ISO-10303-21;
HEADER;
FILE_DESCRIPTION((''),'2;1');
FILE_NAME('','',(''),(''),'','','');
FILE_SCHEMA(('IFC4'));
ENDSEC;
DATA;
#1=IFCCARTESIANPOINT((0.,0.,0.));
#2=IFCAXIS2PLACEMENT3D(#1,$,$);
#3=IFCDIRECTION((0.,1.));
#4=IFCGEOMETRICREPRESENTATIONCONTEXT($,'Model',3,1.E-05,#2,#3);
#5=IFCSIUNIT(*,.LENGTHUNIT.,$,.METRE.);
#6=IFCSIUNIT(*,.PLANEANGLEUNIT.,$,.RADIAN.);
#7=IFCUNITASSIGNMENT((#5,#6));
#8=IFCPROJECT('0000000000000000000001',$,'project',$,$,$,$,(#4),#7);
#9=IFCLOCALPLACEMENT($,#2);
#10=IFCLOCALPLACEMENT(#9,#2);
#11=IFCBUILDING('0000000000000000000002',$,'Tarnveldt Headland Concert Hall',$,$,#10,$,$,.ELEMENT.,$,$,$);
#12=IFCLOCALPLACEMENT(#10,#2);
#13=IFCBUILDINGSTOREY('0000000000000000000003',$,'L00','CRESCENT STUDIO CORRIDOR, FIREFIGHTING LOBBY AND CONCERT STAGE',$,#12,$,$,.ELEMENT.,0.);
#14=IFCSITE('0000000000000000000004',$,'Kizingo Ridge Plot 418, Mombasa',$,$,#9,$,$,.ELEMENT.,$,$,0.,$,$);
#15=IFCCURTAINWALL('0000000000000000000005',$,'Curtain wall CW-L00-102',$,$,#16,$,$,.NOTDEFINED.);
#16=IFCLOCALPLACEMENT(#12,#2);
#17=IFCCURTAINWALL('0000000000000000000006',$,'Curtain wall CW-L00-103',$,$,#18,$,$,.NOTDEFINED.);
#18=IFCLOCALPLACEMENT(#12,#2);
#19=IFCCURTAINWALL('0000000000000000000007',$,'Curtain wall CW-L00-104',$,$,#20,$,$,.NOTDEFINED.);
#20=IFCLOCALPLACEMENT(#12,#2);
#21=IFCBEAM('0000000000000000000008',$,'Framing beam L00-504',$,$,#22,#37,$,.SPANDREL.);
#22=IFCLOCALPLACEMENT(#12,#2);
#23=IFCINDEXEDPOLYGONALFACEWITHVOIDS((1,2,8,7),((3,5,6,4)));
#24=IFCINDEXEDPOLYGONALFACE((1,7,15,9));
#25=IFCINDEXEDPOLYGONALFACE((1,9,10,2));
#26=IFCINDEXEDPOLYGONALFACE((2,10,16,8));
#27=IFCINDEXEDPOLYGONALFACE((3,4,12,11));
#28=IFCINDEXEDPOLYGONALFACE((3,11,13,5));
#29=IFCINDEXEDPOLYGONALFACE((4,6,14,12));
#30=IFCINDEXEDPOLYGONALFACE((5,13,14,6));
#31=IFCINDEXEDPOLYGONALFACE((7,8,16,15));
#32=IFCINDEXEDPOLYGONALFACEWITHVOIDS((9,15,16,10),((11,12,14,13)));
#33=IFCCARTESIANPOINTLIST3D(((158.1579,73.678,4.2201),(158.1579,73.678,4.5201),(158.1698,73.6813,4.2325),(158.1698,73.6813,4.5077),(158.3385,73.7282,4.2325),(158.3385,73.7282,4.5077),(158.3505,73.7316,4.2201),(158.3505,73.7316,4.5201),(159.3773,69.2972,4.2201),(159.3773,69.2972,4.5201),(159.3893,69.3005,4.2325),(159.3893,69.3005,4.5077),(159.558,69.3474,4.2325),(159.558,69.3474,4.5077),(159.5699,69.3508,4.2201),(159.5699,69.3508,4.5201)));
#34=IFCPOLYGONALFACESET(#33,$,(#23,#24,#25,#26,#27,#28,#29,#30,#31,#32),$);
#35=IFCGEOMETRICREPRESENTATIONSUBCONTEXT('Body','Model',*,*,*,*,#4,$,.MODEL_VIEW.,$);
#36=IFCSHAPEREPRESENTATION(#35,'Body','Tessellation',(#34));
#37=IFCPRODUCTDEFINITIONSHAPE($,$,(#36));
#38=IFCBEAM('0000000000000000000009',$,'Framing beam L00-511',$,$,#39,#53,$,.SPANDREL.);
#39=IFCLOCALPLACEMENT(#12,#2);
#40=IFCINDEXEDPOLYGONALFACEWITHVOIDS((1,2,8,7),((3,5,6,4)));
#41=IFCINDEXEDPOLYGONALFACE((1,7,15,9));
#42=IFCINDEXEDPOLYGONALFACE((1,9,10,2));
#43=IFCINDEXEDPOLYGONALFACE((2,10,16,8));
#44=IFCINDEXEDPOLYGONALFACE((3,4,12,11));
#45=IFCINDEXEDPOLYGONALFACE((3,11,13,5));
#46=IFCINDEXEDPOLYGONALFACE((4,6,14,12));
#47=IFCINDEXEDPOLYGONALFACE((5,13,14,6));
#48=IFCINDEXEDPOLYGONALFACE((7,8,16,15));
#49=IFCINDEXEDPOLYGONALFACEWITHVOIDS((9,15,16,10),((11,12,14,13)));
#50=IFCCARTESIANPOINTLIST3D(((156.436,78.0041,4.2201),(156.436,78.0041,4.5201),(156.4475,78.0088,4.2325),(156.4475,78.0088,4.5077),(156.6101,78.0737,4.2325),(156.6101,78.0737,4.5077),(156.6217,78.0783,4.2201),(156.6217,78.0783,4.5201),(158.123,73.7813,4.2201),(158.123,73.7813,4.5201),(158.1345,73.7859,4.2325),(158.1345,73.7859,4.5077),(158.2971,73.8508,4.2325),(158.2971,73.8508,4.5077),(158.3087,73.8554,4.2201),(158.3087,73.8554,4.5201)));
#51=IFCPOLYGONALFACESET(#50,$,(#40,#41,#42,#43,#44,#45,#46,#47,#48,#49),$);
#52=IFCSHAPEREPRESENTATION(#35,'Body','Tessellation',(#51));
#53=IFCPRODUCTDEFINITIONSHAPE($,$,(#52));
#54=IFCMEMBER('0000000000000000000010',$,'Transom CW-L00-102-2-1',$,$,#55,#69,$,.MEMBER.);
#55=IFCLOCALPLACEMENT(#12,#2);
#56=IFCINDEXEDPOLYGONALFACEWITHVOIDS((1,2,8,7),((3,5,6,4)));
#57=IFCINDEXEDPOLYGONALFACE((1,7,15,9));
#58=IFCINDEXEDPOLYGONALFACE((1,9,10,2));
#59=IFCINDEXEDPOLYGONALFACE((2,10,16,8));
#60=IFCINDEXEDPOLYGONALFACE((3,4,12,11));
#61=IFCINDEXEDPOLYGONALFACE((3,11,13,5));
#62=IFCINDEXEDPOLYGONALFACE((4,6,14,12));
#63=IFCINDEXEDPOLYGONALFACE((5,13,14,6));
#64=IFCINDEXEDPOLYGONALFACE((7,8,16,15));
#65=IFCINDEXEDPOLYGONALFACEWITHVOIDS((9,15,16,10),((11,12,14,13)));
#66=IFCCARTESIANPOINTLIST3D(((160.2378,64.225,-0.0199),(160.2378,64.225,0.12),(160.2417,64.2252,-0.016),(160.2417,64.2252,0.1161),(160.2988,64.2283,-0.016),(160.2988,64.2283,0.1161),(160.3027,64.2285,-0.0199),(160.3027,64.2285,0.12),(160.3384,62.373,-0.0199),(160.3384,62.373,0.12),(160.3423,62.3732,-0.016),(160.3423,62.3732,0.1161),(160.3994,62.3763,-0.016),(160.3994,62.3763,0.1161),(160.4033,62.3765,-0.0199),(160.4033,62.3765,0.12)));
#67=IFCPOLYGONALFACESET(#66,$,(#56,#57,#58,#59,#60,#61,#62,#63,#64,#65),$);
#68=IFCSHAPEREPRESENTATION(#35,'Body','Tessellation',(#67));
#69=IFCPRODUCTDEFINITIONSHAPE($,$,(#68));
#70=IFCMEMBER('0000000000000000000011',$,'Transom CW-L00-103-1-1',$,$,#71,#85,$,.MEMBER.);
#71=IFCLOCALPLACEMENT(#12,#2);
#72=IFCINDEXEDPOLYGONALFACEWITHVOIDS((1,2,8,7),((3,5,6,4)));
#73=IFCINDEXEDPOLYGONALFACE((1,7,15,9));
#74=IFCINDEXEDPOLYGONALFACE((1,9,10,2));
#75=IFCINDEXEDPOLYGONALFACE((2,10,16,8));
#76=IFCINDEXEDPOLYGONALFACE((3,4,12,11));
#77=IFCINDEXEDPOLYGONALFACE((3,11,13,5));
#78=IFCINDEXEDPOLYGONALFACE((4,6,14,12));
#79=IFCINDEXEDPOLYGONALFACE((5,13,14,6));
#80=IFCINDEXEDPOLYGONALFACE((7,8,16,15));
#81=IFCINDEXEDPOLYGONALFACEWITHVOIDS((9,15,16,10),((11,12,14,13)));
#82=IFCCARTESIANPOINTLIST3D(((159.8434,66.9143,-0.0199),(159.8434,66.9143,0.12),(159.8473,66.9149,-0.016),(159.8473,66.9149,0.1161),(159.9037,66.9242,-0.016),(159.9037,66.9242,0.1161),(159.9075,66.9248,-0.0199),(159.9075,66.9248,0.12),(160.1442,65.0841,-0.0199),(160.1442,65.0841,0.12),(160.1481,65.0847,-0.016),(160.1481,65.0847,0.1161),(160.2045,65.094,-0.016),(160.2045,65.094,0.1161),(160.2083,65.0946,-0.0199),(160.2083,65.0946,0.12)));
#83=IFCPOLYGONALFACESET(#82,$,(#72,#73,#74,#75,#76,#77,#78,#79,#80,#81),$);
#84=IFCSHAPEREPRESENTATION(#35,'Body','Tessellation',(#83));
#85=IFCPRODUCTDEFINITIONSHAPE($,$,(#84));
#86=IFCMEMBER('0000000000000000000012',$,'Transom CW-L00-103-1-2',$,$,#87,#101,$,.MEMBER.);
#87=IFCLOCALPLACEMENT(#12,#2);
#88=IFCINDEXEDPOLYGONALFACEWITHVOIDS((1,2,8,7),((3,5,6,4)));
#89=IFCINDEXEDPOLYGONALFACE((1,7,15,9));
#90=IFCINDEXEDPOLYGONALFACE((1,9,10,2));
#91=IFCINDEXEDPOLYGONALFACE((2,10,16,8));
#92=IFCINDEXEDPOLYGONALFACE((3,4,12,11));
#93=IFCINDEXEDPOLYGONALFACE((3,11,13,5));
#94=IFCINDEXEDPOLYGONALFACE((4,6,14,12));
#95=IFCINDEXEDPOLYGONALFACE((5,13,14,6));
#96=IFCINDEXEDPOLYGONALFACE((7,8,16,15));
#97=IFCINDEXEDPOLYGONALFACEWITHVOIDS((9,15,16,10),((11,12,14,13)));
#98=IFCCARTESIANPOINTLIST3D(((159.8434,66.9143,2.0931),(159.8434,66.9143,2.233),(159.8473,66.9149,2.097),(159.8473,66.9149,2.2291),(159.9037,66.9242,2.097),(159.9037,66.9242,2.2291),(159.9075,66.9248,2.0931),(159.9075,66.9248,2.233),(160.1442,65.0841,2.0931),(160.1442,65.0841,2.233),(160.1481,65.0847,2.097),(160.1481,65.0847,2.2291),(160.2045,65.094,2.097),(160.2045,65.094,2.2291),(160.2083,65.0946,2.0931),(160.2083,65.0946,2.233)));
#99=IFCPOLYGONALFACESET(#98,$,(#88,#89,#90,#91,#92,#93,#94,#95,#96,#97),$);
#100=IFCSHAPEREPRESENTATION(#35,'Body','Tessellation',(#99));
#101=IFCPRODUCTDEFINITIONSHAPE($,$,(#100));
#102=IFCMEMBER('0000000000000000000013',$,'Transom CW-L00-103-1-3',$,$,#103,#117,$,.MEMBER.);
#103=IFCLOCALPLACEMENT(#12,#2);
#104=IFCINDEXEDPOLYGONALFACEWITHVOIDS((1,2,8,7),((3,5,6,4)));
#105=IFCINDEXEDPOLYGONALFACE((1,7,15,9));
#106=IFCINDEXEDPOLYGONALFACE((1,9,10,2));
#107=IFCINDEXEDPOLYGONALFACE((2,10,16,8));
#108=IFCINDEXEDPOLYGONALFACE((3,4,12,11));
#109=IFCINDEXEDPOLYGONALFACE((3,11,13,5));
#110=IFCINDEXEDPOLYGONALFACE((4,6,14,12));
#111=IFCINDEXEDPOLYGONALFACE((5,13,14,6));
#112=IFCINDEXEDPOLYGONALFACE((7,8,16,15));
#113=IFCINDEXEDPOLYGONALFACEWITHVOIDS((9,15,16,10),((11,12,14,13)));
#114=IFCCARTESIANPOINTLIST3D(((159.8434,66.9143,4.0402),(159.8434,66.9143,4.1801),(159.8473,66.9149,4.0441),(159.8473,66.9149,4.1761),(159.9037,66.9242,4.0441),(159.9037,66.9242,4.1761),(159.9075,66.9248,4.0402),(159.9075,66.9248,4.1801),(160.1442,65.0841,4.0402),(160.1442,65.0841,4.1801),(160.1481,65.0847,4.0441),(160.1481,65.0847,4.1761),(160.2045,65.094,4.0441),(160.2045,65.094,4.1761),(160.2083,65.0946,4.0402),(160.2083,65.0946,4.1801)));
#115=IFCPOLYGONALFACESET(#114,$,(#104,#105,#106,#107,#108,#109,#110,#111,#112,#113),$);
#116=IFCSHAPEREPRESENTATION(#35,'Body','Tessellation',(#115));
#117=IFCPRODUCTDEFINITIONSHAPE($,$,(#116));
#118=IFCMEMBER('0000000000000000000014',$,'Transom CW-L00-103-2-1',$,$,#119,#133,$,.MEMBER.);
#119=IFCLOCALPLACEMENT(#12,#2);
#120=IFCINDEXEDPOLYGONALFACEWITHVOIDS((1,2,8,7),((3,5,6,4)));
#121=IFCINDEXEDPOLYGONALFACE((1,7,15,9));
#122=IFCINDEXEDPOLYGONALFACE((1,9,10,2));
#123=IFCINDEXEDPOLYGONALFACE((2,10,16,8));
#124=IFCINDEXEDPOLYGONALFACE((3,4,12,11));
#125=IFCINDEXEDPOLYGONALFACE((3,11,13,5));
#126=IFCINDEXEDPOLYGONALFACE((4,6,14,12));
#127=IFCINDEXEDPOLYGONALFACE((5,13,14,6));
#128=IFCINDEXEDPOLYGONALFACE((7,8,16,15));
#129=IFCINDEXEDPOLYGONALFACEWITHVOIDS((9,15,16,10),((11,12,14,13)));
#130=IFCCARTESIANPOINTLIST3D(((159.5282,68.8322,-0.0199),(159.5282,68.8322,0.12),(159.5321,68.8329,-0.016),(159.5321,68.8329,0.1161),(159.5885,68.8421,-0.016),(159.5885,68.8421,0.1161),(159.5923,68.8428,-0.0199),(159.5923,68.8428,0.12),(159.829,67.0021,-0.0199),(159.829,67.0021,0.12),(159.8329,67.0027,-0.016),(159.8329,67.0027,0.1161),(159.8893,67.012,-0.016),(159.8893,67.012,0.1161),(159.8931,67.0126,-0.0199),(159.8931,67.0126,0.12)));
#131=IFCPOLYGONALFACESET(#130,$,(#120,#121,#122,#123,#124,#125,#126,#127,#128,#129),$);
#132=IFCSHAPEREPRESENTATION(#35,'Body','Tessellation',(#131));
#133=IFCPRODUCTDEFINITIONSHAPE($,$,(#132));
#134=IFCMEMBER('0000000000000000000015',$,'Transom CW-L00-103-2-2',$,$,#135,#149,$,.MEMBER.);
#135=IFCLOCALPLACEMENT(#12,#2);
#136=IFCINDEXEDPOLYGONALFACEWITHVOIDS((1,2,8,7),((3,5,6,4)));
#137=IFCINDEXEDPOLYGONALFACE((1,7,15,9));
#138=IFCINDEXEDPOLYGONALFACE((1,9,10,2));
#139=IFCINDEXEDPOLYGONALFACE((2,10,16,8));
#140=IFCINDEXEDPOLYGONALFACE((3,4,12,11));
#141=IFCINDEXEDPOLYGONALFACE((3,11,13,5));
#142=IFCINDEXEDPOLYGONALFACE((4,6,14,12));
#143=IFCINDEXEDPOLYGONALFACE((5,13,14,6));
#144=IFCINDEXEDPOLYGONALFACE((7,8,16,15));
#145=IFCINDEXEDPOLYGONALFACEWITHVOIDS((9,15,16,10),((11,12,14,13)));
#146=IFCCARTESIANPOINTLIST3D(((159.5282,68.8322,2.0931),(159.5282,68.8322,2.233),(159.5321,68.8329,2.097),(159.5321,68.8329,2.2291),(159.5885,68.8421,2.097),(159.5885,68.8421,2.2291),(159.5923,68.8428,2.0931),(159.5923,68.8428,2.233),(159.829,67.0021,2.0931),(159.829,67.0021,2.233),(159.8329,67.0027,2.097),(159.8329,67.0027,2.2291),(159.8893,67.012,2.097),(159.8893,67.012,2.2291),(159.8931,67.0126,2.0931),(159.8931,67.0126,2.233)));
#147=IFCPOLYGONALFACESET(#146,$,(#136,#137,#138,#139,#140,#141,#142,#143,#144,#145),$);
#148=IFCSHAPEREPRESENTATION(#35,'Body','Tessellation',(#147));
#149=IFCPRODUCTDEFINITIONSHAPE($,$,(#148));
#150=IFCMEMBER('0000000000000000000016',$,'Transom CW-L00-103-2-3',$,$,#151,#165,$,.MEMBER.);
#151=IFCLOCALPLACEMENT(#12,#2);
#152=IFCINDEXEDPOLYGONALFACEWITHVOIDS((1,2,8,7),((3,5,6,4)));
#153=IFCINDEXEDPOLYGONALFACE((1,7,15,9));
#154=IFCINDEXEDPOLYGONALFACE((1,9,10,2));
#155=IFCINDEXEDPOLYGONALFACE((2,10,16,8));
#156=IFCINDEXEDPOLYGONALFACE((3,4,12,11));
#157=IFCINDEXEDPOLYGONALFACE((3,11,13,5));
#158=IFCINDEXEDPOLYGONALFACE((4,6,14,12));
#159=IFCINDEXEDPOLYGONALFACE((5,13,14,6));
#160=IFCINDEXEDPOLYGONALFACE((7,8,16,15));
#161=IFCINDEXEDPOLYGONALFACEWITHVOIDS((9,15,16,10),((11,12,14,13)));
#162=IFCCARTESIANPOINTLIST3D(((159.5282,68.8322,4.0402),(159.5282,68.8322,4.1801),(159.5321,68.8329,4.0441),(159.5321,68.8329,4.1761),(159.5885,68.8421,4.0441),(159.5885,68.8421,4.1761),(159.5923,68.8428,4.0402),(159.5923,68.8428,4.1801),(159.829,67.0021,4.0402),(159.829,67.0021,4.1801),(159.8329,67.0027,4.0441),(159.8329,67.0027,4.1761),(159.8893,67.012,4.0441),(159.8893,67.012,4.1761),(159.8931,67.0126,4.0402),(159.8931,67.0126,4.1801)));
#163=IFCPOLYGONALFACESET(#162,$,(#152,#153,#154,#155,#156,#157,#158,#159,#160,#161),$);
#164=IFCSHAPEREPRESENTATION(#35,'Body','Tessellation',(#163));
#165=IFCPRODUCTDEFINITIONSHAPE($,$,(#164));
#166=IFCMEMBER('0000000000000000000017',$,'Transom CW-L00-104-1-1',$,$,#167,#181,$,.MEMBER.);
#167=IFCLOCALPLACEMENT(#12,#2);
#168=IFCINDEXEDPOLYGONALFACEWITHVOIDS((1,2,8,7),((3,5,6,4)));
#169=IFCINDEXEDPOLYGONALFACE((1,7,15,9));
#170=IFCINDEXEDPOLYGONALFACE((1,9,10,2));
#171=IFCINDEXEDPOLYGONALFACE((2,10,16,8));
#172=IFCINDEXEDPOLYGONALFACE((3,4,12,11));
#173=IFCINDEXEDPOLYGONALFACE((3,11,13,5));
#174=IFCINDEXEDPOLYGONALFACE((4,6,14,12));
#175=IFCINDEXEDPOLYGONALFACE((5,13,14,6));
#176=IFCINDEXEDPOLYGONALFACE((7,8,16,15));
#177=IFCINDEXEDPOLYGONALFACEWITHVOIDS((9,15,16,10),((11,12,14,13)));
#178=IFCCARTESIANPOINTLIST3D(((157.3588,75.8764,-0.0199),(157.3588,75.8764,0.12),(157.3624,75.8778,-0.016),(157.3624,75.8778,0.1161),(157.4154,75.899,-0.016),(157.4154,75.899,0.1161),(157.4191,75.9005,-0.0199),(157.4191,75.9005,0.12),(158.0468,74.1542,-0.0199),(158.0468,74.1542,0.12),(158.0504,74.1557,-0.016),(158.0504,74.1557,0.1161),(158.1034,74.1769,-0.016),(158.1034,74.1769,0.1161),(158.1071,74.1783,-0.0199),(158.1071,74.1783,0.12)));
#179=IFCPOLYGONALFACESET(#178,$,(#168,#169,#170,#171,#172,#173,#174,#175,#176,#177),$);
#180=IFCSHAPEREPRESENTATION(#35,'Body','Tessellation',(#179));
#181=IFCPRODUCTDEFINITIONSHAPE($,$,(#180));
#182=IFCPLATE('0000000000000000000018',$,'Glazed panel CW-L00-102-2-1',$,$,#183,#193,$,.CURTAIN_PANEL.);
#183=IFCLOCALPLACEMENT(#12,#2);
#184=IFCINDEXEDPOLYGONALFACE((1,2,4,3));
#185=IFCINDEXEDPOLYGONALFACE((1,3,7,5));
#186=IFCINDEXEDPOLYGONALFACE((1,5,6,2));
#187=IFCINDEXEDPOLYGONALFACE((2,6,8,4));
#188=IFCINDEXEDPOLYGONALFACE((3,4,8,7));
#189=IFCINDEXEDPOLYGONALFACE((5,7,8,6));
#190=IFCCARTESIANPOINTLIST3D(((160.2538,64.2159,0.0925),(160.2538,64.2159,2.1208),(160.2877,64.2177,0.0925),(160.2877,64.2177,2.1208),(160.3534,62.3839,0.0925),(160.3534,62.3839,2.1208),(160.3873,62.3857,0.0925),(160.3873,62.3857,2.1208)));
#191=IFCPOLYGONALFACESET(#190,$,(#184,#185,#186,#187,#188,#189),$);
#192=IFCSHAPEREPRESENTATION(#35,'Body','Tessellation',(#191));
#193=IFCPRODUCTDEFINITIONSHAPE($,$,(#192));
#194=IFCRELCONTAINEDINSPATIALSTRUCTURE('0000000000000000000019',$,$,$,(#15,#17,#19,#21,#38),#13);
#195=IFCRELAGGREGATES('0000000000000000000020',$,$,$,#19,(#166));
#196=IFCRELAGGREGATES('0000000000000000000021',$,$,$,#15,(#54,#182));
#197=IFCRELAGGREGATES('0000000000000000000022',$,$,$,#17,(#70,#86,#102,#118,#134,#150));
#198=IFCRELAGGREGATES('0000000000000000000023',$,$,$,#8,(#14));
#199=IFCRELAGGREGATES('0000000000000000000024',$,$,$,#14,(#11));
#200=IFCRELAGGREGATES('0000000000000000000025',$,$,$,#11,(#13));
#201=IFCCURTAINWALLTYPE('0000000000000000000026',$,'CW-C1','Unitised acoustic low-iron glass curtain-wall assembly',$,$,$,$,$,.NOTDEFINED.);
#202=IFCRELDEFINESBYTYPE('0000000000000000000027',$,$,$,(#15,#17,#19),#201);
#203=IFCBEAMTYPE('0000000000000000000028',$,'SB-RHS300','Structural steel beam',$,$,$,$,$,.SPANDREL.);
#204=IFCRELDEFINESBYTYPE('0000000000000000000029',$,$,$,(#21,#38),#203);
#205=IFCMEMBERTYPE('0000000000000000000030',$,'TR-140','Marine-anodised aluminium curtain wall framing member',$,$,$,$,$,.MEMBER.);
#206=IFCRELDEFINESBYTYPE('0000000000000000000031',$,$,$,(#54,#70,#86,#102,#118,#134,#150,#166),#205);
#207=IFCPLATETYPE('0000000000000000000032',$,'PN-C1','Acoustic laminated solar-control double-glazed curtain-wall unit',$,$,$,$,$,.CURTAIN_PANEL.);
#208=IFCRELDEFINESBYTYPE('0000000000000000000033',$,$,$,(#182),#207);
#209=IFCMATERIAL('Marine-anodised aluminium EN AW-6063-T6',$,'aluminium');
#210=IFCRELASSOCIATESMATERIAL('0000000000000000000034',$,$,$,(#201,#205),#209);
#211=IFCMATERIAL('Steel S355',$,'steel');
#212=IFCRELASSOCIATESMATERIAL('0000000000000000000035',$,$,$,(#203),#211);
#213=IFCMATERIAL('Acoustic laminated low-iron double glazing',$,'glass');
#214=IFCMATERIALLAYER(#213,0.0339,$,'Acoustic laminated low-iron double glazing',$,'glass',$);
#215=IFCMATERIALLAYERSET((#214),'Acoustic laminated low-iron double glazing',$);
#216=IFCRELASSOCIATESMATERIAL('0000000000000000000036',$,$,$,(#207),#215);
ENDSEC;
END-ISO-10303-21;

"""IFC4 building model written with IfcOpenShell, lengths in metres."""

from ifc_helpers import new_model, si_unit, direction, frame, origin, origin_2d, place, context, subcontext, project, spatial, rectangle, hollow_rectangle, extrude, material, layer, layer_set, material_profile, profile_set, type_object, element, aggregate, save


model = new_model("IFC4")

# Units and contexts
model_context = context("Model", 3, precision=1e-05, world=origin(), true_north=direction((0.0, 1.0)))
body_context = subcontext(model_context, "Body", "Model", "MODEL_VIEW")
ifc_project = project(units=[si_unit("LENGTHUNIT", "METRE"), si_unit("PLANEANGLEUNIT", "RADIAN")], contexts=[model_context])

# Site, building, storey
site_placement = place(None, origin())
site = spatial("IfcSite", under=ifc_project, at=site_placement, Name="Kizingo Ridge Plot 418, Mombasa", CompositionType="ELEMENT", RefElevation=0.0)
building_placement = place(site_placement, origin())
building = spatial("IfcBuilding", under=site, at=building_placement, Name="Tarnveldt Headland Concert Hall", CompositionType="ELEMENT")
storey_placement = place(building_placement, origin())
storey = spatial("IfcBuildingStorey", under=building, at=storey_placement, Name="L00", Description="CRESCENT STUDIO CORRIDOR, FIREFIGHTING LOBBY AND CONCERT STAGE", CompositionType="ELEMENT", Elevation=0.0)

# Curtain wall
ifc_material_1 = material(Name="Marine-anodised aluminium EN AW-6063-T6", Category="aluminium")
curtain_wall_type = type_object("IfcCurtainWallType", Name="CW-C1", Description="Unitised acoustic low-iron glass curtain-wall assembly", PredefinedType="NOTDEFINED", material=ifc_material_1)
curtain_wall_1_placement = place(storey_placement, origin())
curtain_wall_1 = element("IfcCurtainWall", 1, at=curtain_wall_1_placement, inside=storey, type_object=curtain_wall_type, Name="Curtain wall CW-L00-102", PredefinedType="NOTDEFINED")

# Curtain wall
curtain_wall_2_placement = place(storey_placement, origin())
curtain_wall_2 = element("IfcCurtainWall", 2, at=curtain_wall_2_placement, inside=storey, type_object=curtain_wall_type, Name="Curtain wall CW-L00-103", PredefinedType="NOTDEFINED")

# Curtain wall
curtain_wall_3_placement = place(storey_placement, origin())
curtain_wall_3 = element("IfcCurtainWall", 3, at=curtain_wall_3_placement, inside=storey, type_object=curtain_wall_type, Name="Curtain wall CW-L00-104", PredefinedType="NOTDEFINED")

# Beams
ifc_material_2 = material(Name="Steel S355", Category="steel")
ifc_material_profile_1 = material_profile(ifc_material_2, hollow_rectangle(XDim=0.2, YDim=0.3, WallThickness=0.0125, at=origin_2d()), Name="RHS 300x200x12.5", Category="steel")
ifc_profile_set_1 = profile_set([ifc_material_profile_1], Name="Steel S355")
beam_type_1 = type_object("IfcBeamType", Name="SB-RHS300", Description="Structural steel beam", PredefinedType="SPANDREL", material=ifc_profile_set_1)
for number, where, z_axis, x_axis, name in (
    (4, (159.4736, 69.324, 4.3701), (-0.26817, 0.963372, 0.0), (-0.963372, -0.26817, 0.0), "Framing beam L00-504"),
    (5, (158.2158, 73.8184, 4.3701), (-0.370983, 0.92864, 0.0), (-0.92864, -0.370983, 0.0), "Framing beam L00-511"),
):
    element("IfcBeam", number, at=place(storey_placement, frame(where, z_axis=z_axis, x_axis=x_axis)), inside=storey, type_object=beam_type_1, Name=name, PredefinedType="SPANDREL", context=body_context, shape_type="SweptSolid", body=[
        extrude(hollow_rectangle(XDim=0.2, YDim=0.3, WallThickness=0.0125, at=origin_2d()), origin(), (0.0, 0.0, 1.0), 4.5474),
    ])

# Members
ifc_material_profile_2 = material_profile(ifc_material_1, hollow_rectangle(XDim=0.0649, YDim=0.1399, WallThickness=0.0039, at=origin_2d()), Name="ALU TRANSOM 65x140x4", Category="aluminium")
ifc_profile_set_2 = profile_set([ifc_material_profile_2], Name="Marine-anodised aluminium EN AW-6063-T6")
member_type_1 = type_object("IfcMemberType", Name="TR-140", Description="Marine-anodised aluminium curtain wall framing member", PredefinedType="MEMBER", material=ifc_profile_set_2)
member_1_placement = place(storey_placement, frame((160.3708, 62.3748, 0.05), z_axis=(-0.054231, 0.998528, 0.0), x_axis=(-0.998528, -0.054231, 0.0)))
member_1 = element("IfcMember", 6, at=member_1_placement, type_object=member_type_1, Name="Transom CW-L00-102-2-1", PredefinedType="MEMBER", context=body_context, shape_type="SweptSolid", body=[
    extrude(hollow_rectangle(XDim=0.0649, YDim=0.1399, WallThickness=0.0039, at=origin_2d()), origin(), (0.0, 0.0, 1.0), 1.8547),
])
member_2_placement = place(storey_placement, frame((160.1763, 65.0894, 0.05), z_axis=(-0.162179, 0.986761, 0.0), x_axis=(-0.986761, -0.162179, 0.0)))
member_2 = element("IfcMember", 7, at=member_2_placement, type_object=member_type_1, Name="Transom CW-L00-103-1-1", PredefinedType="MEMBER", context=body_context, shape_type="SweptSolid", body=[
    extrude(hollow_rectangle(XDim=0.0649, YDim=0.1399, WallThickness=0.0039, at=origin_2d()), origin(), (0.0, 0.0, 1.0), 1.8547),
])
member_3_placement = place(storey_placement, frame((160.1763, 65.0894, 2.1631), z_axis=(-0.162179, 0.986761, 0.0), x_axis=(-0.986761, -0.162179, 0.0)))
member_3 = element("IfcMember", 8, at=member_3_placement, type_object=member_type_1, Name="Transom CW-L00-103-1-2", PredefinedType="MEMBER", context=body_context, shape_type="SweptSolid", body=[
    extrude(hollow_rectangle(XDim=0.0649, YDim=0.1399, WallThickness=0.0039, at=origin_2d()), origin(), (0.0, 0.0, 1.0), 1.8547),
])
member_4_placement = place(storey_placement, frame((160.1763, 65.0894, 4.1101), z_axis=(-0.162179, 0.986761, 0.0), x_axis=(-0.986761, -0.162179, 0.0)))
member_4 = element("IfcMember", 9, at=member_4_placement, type_object=member_type_1, Name="Transom CW-L00-103-1-3", PredefinedType="MEMBER", context=body_context, shape_type="SweptSolid", body=[
    extrude(hollow_rectangle(XDim=0.0649, YDim=0.1399, WallThickness=0.0039, at=origin_2d()), origin(), (0.0, 0.0, 1.0), 1.8547),
])
member_5_placement = place(storey_placement, frame((159.8611, 67.0073, 0.05), z_axis=(-0.162179, 0.986761, 0.0), x_axis=(-0.986761, -0.162179, 0.0)))
member_5 = element("IfcMember", 10, at=member_5_placement, type_object=member_type_1, Name="Transom CW-L00-103-2-1", PredefinedType="MEMBER", context=body_context, shape_type="SweptSolid", body=[
    extrude(hollow_rectangle(XDim=0.0649, YDim=0.1399, WallThickness=0.0039, at=origin_2d()), origin(), (0.0, 0.0, 1.0), 1.8547),
])
member_6_placement = place(storey_placement, frame((159.8611, 67.0073, 2.1631), z_axis=(-0.162179, 0.986761, 0.0), x_axis=(-0.986761, -0.162179, 0.0)))
member_6 = element("IfcMember", 11, at=member_6_placement, type_object=member_type_1, Name="Transom CW-L00-103-2-2", PredefinedType="MEMBER", context=body_context, shape_type="SweptSolid", body=[
    extrude(hollow_rectangle(XDim=0.0649, YDim=0.1399, WallThickness=0.0039, at=origin_2d()), origin(), (0.0, 0.0, 1.0), 1.8547),
])
member_7_placement = place(storey_placement, frame((159.8611, 67.0073, 4.1101), z_axis=(-0.162179, 0.986761, 0.0), x_axis=(-0.986761, -0.162179, 0.0)))
member_7 = element("IfcMember", 12, at=member_7_placement, type_object=member_type_1, Name="Transom CW-L00-103-2-3", PredefinedType="MEMBER", context=body_context, shape_type="SweptSolid", body=[
    extrude(hollow_rectangle(XDim=0.0649, YDim=0.1399, WallThickness=0.0039, at=origin_2d()), origin(), (0.0, 0.0, 1.0), 1.8547),
])
member_8_placement = place(storey_placement, frame((158.0769, 74.1663, 0.05), z_axis=(-0.370982, 0.92864, 0.0), x_axis=(-0.92864, -0.370982, 0.0)))
member_8 = element("IfcMember", 13, at=member_8_placement, type_object=member_type_1, Name="Transom CW-L00-104-1-1", PredefinedType="MEMBER", context=body_context, shape_type="SweptSolid", body=[
    extrude(hollow_rectangle(XDim=0.0649, YDim=0.1399, WallThickness=0.0039, at=origin_2d()), origin(), (0.0, 0.0, 1.0), 1.8545),
])
aggregate(curtain_wall_3, [member_8])

# Plate
ifc_material_3 = material(Name="Acoustic laminated low-iron double glazing", Category="glass")
ifc_layer_1 = layer(ifc_material_3, 0.0339, Name="Acoustic laminated low-iron double glazing", Category="glass")
ifc_layer_set_1 = layer_set([ifc_layer_1], Name="Acoustic laminated low-iron double glazing")
plate_type = type_object("IfcPlateType", Name="PN-C1", Description="Acoustic laminated solar-control double-glazed curtain-wall unit", PredefinedType="CURTAIN_PANEL", material=ifc_layer_set_1)
plate_1_placement = place(storey_placement, frame((160.3206, 63.3008, 0.0925), z_axis=(0.0, 0.0, 1.0), x_axis=(-0.054253, 0.998527, 0.0)))
plate_1 = element("IfcPlate", 14, at=plate_1_placement, type_object=plate_type, Name="Glazed panel CW-L00-102-2-1", PredefinedType="CURTAIN_PANEL", context=body_context, shape_type="SweptSolid", body=[
    extrude(rectangle(XDim=1.8347, YDim=0.0339, at=origin_2d()), origin(), (0.0, 0.0, 1.0), 2.0283),
])
aggregate(curtain_wall_1, [member_1, plate_1])
aggregate(curtain_wall_2, [member_2, member_3, member_4, member_5, member_6, member_7])

save(model, "model.ifc")
